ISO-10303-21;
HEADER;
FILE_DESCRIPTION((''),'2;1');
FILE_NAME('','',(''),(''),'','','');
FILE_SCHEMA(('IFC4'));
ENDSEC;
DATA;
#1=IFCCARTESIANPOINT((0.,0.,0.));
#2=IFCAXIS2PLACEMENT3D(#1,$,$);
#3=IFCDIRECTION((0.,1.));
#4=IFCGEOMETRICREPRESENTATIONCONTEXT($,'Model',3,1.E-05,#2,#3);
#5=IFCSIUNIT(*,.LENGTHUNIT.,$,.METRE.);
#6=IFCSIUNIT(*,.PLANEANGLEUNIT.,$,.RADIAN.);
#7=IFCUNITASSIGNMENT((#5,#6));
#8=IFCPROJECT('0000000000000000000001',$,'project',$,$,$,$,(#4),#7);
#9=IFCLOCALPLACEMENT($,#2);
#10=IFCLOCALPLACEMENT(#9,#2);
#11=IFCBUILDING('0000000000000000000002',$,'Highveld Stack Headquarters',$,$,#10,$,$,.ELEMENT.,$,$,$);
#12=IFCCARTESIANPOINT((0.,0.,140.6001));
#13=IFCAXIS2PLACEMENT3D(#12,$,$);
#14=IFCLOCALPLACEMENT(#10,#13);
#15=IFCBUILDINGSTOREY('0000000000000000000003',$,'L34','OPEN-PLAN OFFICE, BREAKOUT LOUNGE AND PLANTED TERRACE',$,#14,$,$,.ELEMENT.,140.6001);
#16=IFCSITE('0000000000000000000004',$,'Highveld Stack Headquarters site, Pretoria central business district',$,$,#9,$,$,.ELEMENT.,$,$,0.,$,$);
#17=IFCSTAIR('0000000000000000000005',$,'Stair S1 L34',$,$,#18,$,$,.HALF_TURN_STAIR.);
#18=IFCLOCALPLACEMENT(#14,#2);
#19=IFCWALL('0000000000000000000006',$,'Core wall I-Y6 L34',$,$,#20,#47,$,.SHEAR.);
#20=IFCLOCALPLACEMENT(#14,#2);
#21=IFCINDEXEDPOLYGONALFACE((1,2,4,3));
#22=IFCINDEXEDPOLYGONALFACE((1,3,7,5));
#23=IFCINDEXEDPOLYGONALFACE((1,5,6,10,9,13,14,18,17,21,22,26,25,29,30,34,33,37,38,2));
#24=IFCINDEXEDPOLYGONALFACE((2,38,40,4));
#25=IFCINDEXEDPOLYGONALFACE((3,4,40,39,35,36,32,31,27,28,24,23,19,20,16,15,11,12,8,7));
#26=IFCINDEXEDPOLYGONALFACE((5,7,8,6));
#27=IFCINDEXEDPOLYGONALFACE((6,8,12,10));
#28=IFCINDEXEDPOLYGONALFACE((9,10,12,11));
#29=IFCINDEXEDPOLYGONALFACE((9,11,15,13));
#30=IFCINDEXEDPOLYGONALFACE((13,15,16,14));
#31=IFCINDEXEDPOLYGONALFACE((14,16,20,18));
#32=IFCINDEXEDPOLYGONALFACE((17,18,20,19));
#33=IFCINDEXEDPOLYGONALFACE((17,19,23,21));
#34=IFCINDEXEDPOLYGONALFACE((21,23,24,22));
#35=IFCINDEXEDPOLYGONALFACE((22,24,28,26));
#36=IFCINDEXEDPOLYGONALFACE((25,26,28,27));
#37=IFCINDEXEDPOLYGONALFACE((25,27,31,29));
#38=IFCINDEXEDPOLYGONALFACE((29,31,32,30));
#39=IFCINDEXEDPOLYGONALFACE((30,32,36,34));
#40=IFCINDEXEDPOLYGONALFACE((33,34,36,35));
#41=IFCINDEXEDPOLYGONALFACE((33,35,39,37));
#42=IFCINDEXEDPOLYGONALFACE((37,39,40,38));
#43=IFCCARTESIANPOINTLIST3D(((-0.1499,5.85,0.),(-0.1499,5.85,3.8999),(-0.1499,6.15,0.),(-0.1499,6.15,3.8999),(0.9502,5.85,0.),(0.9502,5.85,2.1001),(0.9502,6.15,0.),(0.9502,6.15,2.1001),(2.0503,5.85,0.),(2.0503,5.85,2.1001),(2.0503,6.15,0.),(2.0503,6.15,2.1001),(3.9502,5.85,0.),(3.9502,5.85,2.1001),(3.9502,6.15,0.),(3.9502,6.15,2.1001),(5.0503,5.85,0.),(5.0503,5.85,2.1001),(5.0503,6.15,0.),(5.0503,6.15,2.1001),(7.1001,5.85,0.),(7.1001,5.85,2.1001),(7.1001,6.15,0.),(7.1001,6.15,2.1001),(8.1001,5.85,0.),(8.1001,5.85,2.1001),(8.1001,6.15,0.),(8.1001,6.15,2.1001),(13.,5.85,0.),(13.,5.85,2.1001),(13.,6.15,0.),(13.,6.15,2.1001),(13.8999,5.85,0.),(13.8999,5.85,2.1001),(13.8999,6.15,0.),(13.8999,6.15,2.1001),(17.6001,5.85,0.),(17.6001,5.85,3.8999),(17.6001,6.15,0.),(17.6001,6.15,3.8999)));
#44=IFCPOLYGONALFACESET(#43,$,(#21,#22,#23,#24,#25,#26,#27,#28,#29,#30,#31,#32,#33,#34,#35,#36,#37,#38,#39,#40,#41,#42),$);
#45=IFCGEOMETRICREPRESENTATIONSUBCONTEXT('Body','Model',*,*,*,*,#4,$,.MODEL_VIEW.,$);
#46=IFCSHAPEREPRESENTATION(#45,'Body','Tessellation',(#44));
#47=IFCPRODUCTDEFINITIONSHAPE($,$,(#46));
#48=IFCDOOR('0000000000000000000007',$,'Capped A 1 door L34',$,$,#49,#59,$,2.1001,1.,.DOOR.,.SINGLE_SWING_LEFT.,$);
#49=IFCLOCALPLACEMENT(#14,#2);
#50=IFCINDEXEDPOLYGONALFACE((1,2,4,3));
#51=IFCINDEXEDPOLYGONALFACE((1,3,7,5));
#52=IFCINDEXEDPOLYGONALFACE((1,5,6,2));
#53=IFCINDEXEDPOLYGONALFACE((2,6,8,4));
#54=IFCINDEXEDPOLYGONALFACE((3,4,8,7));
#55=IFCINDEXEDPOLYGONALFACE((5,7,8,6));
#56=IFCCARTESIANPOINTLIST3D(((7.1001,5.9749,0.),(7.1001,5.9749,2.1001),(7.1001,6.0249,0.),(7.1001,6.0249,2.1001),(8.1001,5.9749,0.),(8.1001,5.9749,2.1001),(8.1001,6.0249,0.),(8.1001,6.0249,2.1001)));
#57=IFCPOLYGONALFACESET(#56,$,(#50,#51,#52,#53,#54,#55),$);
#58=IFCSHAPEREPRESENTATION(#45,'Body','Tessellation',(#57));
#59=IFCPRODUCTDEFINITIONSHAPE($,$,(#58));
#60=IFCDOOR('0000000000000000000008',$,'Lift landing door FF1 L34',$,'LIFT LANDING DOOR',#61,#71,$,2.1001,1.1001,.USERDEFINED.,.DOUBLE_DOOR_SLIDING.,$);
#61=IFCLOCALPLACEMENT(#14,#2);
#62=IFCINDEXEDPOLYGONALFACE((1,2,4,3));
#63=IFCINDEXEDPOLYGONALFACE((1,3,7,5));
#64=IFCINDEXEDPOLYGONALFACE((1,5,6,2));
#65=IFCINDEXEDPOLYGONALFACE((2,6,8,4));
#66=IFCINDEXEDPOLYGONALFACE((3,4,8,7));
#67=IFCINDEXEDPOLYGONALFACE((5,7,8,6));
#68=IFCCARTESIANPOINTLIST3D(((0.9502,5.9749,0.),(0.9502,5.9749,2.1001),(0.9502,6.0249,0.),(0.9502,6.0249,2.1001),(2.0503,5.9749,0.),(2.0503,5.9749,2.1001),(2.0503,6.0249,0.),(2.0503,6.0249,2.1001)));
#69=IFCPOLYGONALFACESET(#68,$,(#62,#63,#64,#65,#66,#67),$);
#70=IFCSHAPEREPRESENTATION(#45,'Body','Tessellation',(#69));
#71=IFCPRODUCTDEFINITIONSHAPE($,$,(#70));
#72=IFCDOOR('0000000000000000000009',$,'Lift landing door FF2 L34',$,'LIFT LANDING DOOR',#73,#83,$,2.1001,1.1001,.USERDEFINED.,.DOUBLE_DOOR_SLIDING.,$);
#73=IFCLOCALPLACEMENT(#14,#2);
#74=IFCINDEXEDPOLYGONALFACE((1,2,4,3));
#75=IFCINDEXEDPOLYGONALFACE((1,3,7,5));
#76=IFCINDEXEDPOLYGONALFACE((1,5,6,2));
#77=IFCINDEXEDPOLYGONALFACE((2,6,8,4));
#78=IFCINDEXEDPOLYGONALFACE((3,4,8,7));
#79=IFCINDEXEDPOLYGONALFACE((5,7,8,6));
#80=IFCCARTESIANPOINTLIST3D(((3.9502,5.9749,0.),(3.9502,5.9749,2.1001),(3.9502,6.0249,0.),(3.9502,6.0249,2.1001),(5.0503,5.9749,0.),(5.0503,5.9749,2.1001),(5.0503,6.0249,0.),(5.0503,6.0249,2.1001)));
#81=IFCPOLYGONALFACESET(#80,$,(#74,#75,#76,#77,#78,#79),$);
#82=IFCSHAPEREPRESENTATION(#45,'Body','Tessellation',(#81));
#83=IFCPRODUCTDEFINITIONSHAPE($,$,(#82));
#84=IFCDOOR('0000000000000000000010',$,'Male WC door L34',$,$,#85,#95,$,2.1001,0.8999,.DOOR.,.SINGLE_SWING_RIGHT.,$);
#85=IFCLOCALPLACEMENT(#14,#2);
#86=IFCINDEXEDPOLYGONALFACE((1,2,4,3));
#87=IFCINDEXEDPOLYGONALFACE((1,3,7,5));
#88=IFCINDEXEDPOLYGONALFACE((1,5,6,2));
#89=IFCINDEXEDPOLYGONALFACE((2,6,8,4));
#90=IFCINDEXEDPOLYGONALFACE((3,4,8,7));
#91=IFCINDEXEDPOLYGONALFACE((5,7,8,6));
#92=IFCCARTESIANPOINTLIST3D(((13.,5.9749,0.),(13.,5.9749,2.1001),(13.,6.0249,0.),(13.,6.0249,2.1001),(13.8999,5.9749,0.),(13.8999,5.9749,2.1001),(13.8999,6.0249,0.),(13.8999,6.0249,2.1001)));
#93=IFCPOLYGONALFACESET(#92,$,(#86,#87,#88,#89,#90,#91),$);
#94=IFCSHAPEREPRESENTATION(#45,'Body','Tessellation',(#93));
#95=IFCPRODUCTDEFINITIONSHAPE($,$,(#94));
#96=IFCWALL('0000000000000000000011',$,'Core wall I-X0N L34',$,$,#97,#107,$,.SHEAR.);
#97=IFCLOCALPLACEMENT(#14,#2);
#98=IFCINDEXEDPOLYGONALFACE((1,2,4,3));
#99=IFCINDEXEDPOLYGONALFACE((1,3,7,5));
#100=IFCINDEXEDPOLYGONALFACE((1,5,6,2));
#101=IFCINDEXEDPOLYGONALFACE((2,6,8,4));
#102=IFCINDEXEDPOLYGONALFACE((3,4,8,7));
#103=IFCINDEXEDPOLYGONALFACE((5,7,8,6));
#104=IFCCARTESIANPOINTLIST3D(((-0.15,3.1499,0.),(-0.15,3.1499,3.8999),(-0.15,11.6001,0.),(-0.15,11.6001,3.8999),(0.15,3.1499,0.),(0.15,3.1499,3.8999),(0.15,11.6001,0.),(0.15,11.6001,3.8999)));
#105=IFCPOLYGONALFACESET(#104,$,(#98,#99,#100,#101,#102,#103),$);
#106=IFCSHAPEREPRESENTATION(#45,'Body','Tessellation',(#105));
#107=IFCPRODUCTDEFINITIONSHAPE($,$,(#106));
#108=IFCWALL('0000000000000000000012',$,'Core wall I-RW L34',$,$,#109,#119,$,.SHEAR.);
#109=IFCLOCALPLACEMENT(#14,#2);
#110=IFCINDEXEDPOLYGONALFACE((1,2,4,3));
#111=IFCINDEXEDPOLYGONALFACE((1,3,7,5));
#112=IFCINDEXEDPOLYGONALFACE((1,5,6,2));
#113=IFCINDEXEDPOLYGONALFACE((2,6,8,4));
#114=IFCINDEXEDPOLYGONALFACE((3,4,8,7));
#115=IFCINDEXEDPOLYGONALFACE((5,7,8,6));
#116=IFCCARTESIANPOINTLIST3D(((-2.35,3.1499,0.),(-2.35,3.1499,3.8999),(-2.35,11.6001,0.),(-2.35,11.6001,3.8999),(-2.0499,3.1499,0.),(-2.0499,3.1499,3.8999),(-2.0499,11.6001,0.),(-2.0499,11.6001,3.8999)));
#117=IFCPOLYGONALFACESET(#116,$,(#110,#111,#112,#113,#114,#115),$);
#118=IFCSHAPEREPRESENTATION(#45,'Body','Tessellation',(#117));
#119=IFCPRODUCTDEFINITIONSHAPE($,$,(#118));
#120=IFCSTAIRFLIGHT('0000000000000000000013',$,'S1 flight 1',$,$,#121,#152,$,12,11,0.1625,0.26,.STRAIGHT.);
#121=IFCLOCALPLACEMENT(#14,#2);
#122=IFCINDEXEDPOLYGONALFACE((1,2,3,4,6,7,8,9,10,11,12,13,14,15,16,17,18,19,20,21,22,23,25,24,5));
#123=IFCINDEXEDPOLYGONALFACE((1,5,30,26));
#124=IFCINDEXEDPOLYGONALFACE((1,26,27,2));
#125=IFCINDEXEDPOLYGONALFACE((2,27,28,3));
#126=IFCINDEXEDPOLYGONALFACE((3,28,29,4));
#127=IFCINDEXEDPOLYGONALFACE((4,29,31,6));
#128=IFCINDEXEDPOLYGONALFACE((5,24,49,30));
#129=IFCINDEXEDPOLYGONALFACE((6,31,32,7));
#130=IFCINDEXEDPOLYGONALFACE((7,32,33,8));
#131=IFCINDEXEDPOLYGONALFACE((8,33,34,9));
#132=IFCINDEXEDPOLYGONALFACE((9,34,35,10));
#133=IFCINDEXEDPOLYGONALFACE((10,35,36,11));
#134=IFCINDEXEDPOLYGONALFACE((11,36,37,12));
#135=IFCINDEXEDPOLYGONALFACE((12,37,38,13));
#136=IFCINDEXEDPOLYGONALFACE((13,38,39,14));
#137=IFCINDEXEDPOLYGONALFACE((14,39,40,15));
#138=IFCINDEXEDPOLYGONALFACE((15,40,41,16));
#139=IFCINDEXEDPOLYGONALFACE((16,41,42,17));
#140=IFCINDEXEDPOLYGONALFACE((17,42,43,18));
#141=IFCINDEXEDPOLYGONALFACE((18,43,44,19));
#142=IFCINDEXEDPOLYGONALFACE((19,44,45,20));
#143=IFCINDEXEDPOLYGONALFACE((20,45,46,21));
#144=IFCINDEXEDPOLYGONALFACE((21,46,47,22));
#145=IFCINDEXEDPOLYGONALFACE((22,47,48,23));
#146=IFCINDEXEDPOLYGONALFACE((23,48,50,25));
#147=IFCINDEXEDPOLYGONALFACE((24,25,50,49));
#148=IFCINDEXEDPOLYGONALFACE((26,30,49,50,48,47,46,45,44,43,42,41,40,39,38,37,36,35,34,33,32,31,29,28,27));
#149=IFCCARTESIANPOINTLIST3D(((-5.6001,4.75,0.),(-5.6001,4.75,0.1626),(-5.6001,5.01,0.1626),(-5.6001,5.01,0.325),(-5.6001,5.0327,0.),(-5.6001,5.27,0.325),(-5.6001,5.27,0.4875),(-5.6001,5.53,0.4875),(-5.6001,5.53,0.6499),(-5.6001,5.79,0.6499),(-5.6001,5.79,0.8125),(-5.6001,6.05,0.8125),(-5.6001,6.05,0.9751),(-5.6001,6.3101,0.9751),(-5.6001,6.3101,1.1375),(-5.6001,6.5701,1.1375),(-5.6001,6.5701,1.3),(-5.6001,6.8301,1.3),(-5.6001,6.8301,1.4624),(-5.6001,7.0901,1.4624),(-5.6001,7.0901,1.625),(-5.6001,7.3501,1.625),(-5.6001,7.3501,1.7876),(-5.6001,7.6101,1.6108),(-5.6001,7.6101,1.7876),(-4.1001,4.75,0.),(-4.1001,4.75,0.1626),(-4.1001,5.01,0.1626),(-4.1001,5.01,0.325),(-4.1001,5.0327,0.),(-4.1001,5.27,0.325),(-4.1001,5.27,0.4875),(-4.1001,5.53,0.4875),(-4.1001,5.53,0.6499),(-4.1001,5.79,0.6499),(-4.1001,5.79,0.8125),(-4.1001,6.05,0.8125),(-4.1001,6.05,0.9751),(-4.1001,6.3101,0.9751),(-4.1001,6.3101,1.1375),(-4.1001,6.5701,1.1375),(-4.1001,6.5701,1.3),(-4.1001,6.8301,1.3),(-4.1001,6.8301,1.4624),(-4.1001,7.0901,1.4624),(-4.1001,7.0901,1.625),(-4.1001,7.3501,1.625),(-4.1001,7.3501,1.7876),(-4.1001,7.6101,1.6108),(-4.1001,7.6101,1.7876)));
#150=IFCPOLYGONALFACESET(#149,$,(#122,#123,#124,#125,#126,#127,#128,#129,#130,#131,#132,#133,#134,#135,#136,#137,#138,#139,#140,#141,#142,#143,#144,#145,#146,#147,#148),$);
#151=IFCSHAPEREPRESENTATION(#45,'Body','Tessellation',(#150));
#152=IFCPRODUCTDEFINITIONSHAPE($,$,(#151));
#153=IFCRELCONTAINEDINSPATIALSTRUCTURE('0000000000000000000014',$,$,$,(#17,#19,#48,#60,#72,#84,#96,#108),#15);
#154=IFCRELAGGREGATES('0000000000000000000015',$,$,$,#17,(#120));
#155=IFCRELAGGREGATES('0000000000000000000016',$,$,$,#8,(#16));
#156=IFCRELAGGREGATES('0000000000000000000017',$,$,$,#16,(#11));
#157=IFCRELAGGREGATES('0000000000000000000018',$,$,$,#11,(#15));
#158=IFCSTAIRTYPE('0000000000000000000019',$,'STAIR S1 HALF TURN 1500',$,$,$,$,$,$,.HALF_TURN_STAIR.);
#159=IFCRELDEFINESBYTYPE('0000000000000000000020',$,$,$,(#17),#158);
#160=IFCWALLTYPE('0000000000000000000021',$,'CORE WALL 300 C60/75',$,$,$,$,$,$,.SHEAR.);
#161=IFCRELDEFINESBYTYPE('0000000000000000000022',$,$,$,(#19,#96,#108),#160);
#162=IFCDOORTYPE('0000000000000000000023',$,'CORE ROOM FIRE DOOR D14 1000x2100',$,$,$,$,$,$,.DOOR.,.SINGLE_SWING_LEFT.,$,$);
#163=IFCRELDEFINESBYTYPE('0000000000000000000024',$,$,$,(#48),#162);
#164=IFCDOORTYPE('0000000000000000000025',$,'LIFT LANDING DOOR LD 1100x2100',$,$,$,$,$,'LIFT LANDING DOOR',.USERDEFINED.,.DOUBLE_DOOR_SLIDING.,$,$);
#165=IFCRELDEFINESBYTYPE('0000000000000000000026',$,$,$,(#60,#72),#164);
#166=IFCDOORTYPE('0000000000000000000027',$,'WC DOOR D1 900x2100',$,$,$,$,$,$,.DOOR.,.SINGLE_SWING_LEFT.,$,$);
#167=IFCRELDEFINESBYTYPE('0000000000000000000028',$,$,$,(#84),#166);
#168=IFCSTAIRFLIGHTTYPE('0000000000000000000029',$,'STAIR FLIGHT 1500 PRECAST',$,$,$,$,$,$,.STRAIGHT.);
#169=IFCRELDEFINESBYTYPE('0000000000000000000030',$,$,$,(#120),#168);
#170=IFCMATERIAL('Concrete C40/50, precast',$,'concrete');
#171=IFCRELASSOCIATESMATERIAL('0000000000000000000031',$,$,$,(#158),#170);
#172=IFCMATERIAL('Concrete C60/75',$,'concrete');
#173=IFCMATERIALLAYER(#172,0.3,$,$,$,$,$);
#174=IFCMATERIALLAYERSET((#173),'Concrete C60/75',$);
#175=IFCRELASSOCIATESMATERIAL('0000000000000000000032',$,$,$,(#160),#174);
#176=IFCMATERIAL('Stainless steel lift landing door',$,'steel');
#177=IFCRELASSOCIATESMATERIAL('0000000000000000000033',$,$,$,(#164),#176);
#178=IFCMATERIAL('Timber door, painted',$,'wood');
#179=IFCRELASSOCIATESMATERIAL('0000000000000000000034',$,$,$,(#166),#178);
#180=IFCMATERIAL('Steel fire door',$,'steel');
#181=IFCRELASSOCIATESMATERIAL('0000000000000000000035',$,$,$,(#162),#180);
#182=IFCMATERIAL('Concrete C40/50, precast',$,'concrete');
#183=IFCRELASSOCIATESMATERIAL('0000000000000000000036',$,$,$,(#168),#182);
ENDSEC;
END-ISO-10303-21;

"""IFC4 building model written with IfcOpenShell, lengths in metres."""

from ifc_helpers import new_model, si_unit, direction, frame, frame_2d, origin, place, context, subcontext, project, spatial, polyline, rectangle, outline, extrude, material, layer, layer_set, type_object, element, fill, aggregate, save


model = new_model("IFC4")

# Units and contexts
model_context = context("Model", 3, precision=1e-05, world=origin(), true_north=direction((0.0, 1.0)))
body_context = subcontext(model_context, "Body", "Model", "MODEL_VIEW")
ifc_project = project(units=[si_unit("LENGTHUNIT", "METRE"), si_unit("PLANEANGLEUNIT", "RADIAN")], contexts=[model_context])

# Site, building, storey
site_placement = place(None, origin())
site = spatial("IfcSite", under=ifc_project, at=site_placement, Name="Highveld Stack Headquarters site, Pretoria central business district", CompositionType="ELEMENT", RefElevation=0.0)
building_placement = place(site_placement, origin())
building = spatial("IfcBuilding", under=site, at=building_placement, Name="Highveld Stack Headquarters", CompositionType="ELEMENT")
storey_placement = place(building_placement, frame((0.0, 0.0, 140.6001)))
storey = spatial("IfcBuildingStorey", under=building, at=storey_placement, Name="L34", Description="OPEN-PLAN OFFICE, BREAKOUT LOUNGE AND PLANTED TERRACE", CompositionType="ELEMENT", Elevation=140.6001)

# Stair
ifc_material_1 = material(Name="Concrete C40/50, precast", Category="concrete")
stair_type_1 = type_object("IfcStairType", Name="STAIR S1 HALF TURN 1500", PredefinedType="HALF_TURN_STAIR", material=ifc_material_1)
stair_1_placement = place(storey_placement, origin())
stair_1 = element("IfcStair", 1, at=stair_1_placement, inside=storey, type_object=stair_type_1, Name="Stair S1 L34", PredefinedType="HALF_TURN_STAIR")

# Wall, openings, doors
ifc_material_2 = material(Name="Concrete C60/75", Category="concrete")
ifc_layer_1 = layer(ifc_material_2, 0.3)
ifc_layer_set_1 = layer_set([ifc_layer_1], Name="Concrete C60/75")
wall_type = type_object("IfcWallType", Name="CORE WALL 300 C60/75", PredefinedType="SHEAR", material=ifc_layer_set_1)
ifc_material_3 = material(Name="Stainless steel lift landing door", Category="steel")
door_type_1 = type_object("IfcDoorType", Name="LIFT LANDING DOOR LD 1100x2100", ElementType="LIFT LANDING DOOR", OperationType="DOUBLE_DOOR_SLIDING", PredefinedType="USERDEFINED", material=ifc_material_3)
ifc_material_4 = material(Name="Timber door, painted", Category="wood")
door_type_2 = type_object("IfcDoorType", Name="WC DOOR D1 900x2100", OperationType="SINGLE_SWING_LEFT", PredefinedType="DOOR", material=ifc_material_4)
wall_1_placement = place(storey_placement, frame((-0.1499, 6.0, 0.0), z_axis=(0.0, 0.0, 1.0), x_axis=(1.0, 0.0, 0.0)))
wall_1 = element("IfcWall", 2, at=wall_1_placement, inside=storey, type_object=wall_type, Name="Core wall I-Y6 L34", PredefinedType="SHEAR", context=body_context, shape_type="SweptSolid", body=[
    extrude(rectangle(XDim=17.75, YDim=0.3, at=frame_2d((8.875, 0.0))), origin(), (0.0, 0.0, 1.0), 3.8999),
])
opening_1_placement = place(wall_1_placement, frame((13.1499, 0.0, 0.0)))
opening_1 = element("IfcOpeningElement", 3, at=opening_1_placement, cuts=wall_1, PredefinedType="OPENING", context=body_context, shape_type="SweptSolid", body=[
    extrude(rectangle(XDim=0.8999, YDim=2.1001, at=frame_2d((0.45, 1.05))), frame((0.0, 0.1599, 0.0), z_axis=(0.0, -1.0, 0.0), x_axis=(1.0, 0.0, 0.0)), (0.0, 0.0, 1.0), 0.3201),
])
opening_2_placement = place(wall_1_placement, frame((7.25, 0.0, 0.0)))
opening_2 = element("IfcOpeningElement", 4, at=opening_2_placement, cuts=wall_1, PredefinedType="OPENING", context=body_context, shape_type="SweptSolid", body=[
    extrude(rectangle(XDim=1.0, YDim=2.1001, at=frame_2d((0.5, 1.05))), frame((0.0, 0.1599, 0.0), z_axis=(0.0, -1.0, 0.0), x_axis=(1.0, 0.0, 0.0)), (0.0, 0.0, 1.0), 0.3201),
])
opening_3_placement = place(wall_1_placement, frame((1.1001, 0.0, 0.0)))
opening_3 = element("IfcOpeningElement", 5, at=opening_3_placement, cuts=wall_1, PredefinedType="OPENING", context=body_context, shape_type="SweptSolid", body=[
    extrude(rectangle(XDim=1.1001, YDim=2.1001, at=frame_2d((0.55, 1.05))), frame((0.0, 0.1599, 0.0), z_axis=(0.0, -1.0, 0.0), x_axis=(1.0, 0.0, 0.0)), (0.0, 0.0, 1.0), 0.3201),
])
opening_4_placement = place(wall_1_placement, frame((4.1001, 0.0, 0.0)))
opening_4 = element("IfcOpeningElement", 6, at=opening_4_placement, cuts=wall_1, PredefinedType="OPENING", context=body_context, shape_type="SweptSolid", body=[
    extrude(rectangle(XDim=1.1001, YDim=2.1001, at=frame_2d((0.55, 1.05))), frame((0.0, 0.1599, 0.0), z_axis=(0.0, -1.0, 0.0), x_axis=(1.0, 0.0, 0.0)), (0.0, 0.0, 1.0), 0.3201),
])
ifc_material_5 = material(Name="Steel fire door", Category="steel")
door_type_3 = type_object("IfcDoorType", Name="CORE ROOM FIRE DOOR D14 1000x2100", OperationType="SINGLE_SWING_LEFT", PredefinedType="DOOR", material=ifc_material_5)
door_1_placement = place(opening_2_placement, origin())
door_1 = element("IfcDoor", 7, at=door_1_placement, inside=storey, type_object=door_type_3, Name="Capped A 1 door L34", OperationType="SINGLE_SWING_LEFT", OverallHeight=2.1001, OverallWidth=1.0, PredefinedType="DOOR", context=body_context, shape_type="SweptSolid", body=[
    extrude(rectangle(XDim=1.0, YDim=2.1001, at=frame_2d((0.5, 1.05))), frame((0.0, 0.0249, 0.0), z_axis=(0.0, -1.0, 0.0), x_axis=(1.0, 0.0, 0.0)), (0.0, 0.0, 1.0), 0.05),
])
fill(opening_2, door_1)
door_2_placement = place(opening_3_placement, origin())
door_2 = element("IfcDoor", 8, at=door_2_placement, inside=storey, type_object=door_type_1, Name="Lift landing door FF1 L34", ObjectType="LIFT LANDING DOOR", OperationType="DOUBLE_DOOR_SLIDING", OverallHeight=2.1001, OverallWidth=1.1001, PredefinedType="USERDEFINED", context=body_context, shape_type="SweptSolid", body=[
    extrude(rectangle(XDim=1.1001, YDim=2.1001, at=frame_2d((0.55, 1.05))), frame((0.0, 0.0249, 0.0), z_axis=(0.0, -1.0, 0.0), x_axis=(1.0, 0.0, 0.0)), (0.0, 0.0, 1.0), 0.05),
])
fill(opening_3, door_2)
door_3_placement = place(opening_4_placement, origin())
door_3 = element("IfcDoor", 9, at=door_3_placement, inside=storey, type_object=door_type_1, Name="Lift landing door FF2 L34", ObjectType="LIFT LANDING DOOR", OperationType="DOUBLE_DOOR_SLIDING", OverallHeight=2.1001, OverallWidth=1.1001, PredefinedType="USERDEFINED", context=body_context, shape_type="SweptSolid", body=[
    extrude(rectangle(XDim=1.1001, YDim=2.1001, at=frame_2d((0.55, 1.05))), frame((0.0, 0.0249, 0.0), z_axis=(0.0, -1.0, 0.0), x_axis=(1.0, 0.0, 0.0)), (0.0, 0.0, 1.0), 0.05),
])
fill(opening_4, door_3)
door_4_placement = place(opening_1_placement, origin())
door_4 = element("IfcDoor", 10, at=door_4_placement, inside=storey, type_object=door_type_2, Name="Male WC door L34", OperationType="SINGLE_SWING_RIGHT", OverallHeight=2.1001, OverallWidth=0.8999, PredefinedType="DOOR", context=body_context, shape_type="SweptSolid", body=[
    extrude(rectangle(XDim=0.8999, YDim=2.1001, at=frame_2d((0.45, 1.05))), frame((0.0, 0.0249, 0.0), z_axis=(0.0, -1.0, 0.0), x_axis=(1.0, 0.0, 0.0)), (0.0, 0.0, 1.0), 0.05),
])
fill(opening_1, door_4)

# Walls
for number, where, z_axis, x_axis, name in (
    (11, (0.0, 3.1499, 0.0), (0.0, 0.0, 1.0), (0.0, 1.0, 0.0), "Core wall I-X0N L34"),
    (12, (-2.2, 3.1499, 0.0), (0.0, 0.0, 1.0), (0.0, 1.0, 0.0), "Core wall I-RW L34"),
):
    element("IfcWall", number, at=place(storey_placement, frame(where, z_axis=z_axis, x_axis=x_axis)), inside=storey, type_object=wall_type, Name=name, PredefinedType="SHEAR", context=body_context, shape_type="SweptSolid", body=[
        extrude(rectangle(XDim=8.4502, YDim=0.3, at=frame_2d((4.2251, 0.0))), origin(), (0.0, 0.0, 1.0), 3.8999),
    ])

# Stair flight
ifc_material_6 = material(Name="Concrete C40/50, precast", Category="concrete")
stair_flight_type = type_object("IfcStairFlightType", Name="STAIR FLIGHT 1500 PRECAST", PredefinedType="STRAIGHT", material=ifc_material_6)
stair_flight_placement = place(storey_placement, frame((-4.8501, 4.75, 0.0), z_axis=(0.0, 0.0, 1.0), x_axis=(0.0, 1.0, 0.0)))
stair_flight = element("IfcStairFlight", 13, at=stair_flight_placement, type_object=stair_flight_type, Name="S1 flight 1", NumberOfRisers=12, NumberOfTreads=11, PredefinedType="STRAIGHT", RiserHeight=0.1625, TreadLength=0.26, context=body_context, shape_type="SweptSolid", body=[
    extrude(outline(polyline([(0.0, 0.0), (0.0, 0.1626), (0.26, 0.1626), (0.26, 0.325), (0.52, 0.325), (0.52, 0.4875), (0.78, 0.4875), (0.78, 0.6499), (1.04, 0.6499), (1.04, 0.8125), (1.3, 0.8125), (1.3, 0.9751), (1.5601, 0.9751), (1.5601, 1.1375), (1.8201, 1.1375), (1.8201, 1.3), (2.0801, 1.3), (2.0801, 1.4624), (2.3401, 1.4624), (2.3401, 1.625), (2.6001, 1.625), (2.6001, 1.7876), (2.8601, 1.7876), (2.8601, 1.95), (2.8601, 1.6108), (0.2827, 0.0), (0.0, 0.0)])), frame((0.0, 0.75, 0.0), z_axis=(0.0, -1.0, 0.0), x_axis=(1.0, 0.0, 0.0)), (0.0, 0.0, 1.0), 1.5),
])
aggregate(stair_1, [stair_flight])

save(model, "model.ifc")
